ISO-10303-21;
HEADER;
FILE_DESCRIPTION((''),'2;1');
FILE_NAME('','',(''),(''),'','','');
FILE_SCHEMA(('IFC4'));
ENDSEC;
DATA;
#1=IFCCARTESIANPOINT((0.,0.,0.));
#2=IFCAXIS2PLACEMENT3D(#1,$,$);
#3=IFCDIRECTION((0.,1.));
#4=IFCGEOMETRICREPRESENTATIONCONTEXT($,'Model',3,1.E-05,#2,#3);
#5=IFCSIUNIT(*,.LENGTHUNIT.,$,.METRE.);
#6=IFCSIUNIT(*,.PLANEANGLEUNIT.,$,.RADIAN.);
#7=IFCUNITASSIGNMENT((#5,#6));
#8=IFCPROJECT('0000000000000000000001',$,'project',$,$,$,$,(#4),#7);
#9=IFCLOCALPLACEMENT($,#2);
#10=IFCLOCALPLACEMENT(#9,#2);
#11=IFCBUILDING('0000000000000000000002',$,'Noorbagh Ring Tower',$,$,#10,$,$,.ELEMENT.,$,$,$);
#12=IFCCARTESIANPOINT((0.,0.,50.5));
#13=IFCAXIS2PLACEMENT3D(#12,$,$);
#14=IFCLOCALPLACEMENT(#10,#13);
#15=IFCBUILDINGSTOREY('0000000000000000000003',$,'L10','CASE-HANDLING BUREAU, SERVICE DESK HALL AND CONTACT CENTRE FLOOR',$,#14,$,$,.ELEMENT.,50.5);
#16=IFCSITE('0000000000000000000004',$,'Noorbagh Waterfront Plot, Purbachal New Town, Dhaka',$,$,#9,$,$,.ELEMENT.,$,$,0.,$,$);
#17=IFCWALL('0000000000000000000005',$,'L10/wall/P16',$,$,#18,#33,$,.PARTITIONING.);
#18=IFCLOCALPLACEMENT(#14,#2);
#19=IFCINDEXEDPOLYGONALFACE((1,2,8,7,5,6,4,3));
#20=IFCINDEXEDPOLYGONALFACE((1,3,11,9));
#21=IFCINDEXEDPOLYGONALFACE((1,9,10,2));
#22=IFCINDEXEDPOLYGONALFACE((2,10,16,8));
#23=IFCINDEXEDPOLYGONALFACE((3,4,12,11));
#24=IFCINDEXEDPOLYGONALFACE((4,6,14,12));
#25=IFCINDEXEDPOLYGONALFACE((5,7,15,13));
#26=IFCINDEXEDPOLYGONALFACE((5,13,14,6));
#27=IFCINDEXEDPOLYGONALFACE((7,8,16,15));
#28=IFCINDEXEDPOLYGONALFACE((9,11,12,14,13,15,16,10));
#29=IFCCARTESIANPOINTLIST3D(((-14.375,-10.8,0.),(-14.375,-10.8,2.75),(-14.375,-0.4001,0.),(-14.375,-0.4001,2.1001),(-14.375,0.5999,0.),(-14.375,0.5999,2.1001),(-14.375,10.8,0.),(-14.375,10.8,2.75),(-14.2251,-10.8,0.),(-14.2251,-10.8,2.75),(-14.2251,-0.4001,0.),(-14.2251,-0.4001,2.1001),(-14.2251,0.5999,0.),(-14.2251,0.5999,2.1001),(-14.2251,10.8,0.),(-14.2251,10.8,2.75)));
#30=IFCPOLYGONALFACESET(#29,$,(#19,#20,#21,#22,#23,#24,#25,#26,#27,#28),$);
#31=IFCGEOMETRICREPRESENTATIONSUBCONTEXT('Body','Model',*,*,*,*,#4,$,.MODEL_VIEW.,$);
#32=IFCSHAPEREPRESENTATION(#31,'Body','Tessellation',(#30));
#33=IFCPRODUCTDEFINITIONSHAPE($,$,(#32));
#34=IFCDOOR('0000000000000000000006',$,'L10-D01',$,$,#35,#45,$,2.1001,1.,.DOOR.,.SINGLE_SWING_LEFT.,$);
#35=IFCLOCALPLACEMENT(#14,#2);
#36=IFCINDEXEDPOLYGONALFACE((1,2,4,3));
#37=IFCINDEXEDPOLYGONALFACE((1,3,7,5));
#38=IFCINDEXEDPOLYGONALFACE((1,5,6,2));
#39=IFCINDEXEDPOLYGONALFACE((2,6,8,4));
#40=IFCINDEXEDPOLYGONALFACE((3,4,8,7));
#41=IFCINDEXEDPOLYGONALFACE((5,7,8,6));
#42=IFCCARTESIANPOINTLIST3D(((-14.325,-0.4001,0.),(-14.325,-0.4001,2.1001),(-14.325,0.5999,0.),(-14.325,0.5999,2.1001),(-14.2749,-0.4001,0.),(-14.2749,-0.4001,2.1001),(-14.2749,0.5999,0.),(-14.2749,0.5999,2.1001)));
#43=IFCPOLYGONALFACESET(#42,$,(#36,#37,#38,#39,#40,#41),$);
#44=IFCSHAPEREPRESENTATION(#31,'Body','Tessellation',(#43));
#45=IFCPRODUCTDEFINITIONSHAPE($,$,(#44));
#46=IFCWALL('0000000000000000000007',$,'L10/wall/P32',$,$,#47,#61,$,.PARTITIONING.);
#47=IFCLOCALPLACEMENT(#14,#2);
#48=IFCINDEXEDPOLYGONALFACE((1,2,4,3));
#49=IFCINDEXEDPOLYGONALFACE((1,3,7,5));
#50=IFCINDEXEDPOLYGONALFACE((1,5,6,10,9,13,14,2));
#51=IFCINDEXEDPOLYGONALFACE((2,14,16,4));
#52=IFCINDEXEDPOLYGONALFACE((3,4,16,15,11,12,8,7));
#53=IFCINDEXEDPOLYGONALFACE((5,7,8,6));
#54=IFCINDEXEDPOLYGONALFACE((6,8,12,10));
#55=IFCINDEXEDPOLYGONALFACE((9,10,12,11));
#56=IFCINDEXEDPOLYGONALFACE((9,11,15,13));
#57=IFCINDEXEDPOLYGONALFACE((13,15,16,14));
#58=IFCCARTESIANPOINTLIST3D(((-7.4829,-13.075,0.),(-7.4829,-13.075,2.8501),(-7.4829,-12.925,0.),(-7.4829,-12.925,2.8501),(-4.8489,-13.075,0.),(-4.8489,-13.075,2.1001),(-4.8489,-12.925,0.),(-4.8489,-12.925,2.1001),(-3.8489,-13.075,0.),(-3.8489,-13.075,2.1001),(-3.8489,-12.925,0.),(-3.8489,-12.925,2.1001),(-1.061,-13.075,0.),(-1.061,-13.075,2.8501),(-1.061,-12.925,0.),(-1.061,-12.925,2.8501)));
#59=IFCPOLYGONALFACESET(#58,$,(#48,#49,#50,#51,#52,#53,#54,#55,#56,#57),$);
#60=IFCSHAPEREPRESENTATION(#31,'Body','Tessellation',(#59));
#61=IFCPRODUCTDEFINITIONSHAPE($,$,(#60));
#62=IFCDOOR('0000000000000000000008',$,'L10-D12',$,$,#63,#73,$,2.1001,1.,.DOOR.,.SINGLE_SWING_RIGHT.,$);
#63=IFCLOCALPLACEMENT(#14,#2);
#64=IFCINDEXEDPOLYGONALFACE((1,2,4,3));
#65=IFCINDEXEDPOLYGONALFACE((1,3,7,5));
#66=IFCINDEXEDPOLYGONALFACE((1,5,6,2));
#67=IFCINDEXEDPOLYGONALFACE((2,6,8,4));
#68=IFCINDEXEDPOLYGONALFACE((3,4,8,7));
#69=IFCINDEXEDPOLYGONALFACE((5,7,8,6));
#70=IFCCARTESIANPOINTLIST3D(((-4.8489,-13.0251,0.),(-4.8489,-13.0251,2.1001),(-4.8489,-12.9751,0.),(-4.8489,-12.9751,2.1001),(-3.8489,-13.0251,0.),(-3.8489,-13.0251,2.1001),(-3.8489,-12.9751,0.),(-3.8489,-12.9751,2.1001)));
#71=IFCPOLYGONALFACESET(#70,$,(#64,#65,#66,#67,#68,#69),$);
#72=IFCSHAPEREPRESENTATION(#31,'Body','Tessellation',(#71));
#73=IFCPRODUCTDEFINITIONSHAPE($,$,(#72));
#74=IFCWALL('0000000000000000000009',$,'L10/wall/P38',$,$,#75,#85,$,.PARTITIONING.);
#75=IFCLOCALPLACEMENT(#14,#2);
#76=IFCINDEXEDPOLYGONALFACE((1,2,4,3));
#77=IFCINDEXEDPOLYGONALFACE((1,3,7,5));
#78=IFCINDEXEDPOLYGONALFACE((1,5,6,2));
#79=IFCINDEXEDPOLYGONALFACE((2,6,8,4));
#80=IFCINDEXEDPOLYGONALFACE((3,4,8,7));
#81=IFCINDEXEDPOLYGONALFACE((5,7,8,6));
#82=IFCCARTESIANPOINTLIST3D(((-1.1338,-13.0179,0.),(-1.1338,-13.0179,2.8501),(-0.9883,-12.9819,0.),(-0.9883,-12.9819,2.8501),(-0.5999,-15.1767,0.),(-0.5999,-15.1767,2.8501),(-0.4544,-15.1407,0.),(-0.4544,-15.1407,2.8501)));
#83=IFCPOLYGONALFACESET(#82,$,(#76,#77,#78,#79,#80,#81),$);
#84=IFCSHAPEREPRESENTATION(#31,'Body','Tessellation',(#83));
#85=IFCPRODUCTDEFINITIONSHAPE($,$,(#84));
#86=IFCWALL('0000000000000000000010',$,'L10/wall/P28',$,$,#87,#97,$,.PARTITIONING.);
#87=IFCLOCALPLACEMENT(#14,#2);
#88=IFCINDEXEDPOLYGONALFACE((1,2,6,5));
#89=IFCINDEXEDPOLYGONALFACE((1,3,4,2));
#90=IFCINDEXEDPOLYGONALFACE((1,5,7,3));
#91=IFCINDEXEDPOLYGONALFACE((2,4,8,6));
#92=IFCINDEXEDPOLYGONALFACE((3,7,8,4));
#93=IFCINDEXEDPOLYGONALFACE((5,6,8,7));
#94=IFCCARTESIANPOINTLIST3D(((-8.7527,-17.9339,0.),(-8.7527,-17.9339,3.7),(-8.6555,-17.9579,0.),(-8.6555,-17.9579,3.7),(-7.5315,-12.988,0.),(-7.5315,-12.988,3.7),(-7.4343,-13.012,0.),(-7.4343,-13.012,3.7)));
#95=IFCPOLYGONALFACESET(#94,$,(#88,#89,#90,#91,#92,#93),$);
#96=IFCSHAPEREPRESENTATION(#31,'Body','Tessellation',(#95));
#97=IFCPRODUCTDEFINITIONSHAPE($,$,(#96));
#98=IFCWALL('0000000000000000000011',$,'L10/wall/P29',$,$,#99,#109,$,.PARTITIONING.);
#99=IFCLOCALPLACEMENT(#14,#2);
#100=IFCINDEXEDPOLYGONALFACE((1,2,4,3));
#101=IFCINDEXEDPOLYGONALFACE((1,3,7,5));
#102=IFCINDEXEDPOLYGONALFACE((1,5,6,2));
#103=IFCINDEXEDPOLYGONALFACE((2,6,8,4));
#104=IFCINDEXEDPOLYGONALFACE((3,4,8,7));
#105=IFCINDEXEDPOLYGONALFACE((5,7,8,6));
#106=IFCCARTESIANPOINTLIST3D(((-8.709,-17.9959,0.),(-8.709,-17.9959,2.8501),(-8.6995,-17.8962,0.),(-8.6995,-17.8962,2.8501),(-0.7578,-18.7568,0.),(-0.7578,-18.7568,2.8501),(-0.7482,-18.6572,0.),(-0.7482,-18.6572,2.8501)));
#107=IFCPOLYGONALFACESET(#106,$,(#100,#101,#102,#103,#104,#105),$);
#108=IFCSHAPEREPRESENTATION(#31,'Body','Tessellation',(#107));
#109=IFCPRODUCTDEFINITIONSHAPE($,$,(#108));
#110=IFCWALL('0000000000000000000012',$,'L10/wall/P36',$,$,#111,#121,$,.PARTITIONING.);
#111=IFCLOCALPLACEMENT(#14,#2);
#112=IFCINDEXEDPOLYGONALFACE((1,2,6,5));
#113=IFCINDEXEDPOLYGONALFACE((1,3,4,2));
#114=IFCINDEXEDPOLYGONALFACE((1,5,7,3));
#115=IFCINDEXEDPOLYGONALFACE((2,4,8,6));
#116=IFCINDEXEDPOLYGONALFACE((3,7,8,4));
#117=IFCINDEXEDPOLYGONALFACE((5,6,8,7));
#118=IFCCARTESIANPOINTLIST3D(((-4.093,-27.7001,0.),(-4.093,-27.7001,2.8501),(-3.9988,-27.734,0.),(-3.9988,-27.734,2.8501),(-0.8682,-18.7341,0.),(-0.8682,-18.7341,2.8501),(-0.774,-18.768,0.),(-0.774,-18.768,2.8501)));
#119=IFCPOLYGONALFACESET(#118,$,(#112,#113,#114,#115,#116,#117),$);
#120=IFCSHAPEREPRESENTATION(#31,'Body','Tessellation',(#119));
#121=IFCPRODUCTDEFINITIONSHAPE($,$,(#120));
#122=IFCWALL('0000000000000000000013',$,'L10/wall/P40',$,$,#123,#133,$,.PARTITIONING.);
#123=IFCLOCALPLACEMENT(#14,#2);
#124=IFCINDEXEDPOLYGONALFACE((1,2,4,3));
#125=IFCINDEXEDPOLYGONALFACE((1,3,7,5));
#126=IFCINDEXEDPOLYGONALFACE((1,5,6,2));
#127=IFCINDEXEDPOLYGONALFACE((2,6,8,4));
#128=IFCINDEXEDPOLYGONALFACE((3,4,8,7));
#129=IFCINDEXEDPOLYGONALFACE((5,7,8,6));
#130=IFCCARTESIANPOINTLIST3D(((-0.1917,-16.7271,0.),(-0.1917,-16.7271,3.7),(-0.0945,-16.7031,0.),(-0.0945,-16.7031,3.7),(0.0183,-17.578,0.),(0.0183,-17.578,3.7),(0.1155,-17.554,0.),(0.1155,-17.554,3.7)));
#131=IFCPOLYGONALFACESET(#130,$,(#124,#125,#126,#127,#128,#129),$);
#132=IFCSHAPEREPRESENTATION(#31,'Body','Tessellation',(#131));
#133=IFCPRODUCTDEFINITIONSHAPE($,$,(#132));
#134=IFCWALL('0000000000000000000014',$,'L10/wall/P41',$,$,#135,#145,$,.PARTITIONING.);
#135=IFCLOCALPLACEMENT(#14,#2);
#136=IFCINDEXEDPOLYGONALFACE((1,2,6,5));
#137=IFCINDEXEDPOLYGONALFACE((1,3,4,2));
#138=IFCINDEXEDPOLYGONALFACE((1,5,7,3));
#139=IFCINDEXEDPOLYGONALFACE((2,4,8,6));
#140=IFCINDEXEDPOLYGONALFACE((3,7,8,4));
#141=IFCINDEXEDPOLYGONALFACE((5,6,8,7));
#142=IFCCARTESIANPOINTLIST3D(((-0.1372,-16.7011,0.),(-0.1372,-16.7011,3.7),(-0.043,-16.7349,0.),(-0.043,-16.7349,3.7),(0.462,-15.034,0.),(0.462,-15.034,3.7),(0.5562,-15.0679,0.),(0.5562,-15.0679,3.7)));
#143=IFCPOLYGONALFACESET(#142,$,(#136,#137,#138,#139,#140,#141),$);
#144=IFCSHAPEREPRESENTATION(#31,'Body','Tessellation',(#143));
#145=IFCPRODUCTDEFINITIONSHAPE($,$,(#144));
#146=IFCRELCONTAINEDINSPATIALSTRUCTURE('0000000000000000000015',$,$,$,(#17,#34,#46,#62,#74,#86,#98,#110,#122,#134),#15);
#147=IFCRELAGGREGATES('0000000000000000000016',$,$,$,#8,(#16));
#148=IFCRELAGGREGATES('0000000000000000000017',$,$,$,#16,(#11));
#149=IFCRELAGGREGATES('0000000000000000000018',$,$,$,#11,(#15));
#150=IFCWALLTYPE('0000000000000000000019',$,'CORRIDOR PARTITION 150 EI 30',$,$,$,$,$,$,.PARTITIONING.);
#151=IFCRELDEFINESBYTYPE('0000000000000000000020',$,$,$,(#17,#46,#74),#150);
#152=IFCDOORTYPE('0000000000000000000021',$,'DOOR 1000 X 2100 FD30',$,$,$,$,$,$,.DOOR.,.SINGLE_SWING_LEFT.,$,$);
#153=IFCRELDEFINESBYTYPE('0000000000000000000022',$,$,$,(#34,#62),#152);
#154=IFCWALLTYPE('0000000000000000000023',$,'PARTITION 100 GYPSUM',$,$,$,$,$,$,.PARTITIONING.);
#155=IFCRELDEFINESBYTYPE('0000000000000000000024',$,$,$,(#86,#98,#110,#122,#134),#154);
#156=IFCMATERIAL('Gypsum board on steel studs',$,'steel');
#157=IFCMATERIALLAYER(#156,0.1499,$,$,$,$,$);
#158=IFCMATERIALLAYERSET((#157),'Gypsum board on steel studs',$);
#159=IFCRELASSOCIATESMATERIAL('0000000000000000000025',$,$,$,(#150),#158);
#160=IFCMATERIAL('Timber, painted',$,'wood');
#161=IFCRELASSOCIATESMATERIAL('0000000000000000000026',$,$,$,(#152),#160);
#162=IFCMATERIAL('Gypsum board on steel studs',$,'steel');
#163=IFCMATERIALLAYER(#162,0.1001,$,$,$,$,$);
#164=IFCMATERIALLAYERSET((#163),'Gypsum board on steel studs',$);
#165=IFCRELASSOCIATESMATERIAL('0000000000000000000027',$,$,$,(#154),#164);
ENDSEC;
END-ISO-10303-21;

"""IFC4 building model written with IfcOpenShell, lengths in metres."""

from ifc_helpers import new_model, si_unit, direction, frame, frame_2d, origin, place, context, subcontext, project, spatial, rectangle, extrude, material, layer, layer_set, type_object, element, fill, save


model = new_model("IFC4")

# Units and contexts
model_context = context("Model", 3, precision=1e-05, world=origin(), true_north=direction((0.0, 1.0)))
body_context = subcontext(model_context, "Body", "Model", "MODEL_VIEW")
ifc_project = project(units=[si_unit("LENGTHUNIT", "METRE"), si_unit("PLANEANGLEUNIT", "RADIAN")], contexts=[model_context])

# Site, building, storey
site_placement = place(None, origin())
site = spatial("IfcSite", under=ifc_project, at=site_placement, Name="Noorbagh Waterfront Plot, Purbachal New Town, Dhaka", CompositionType="ELEMENT", RefElevation=0.0)
building_placement = place(site_placement, origin())
building = spatial("IfcBuilding", under=site, at=building_placement, Name="Noorbagh Ring Tower", CompositionType="ELEMENT")
storey_placement = place(building_placement, frame((0.0, 0.0, 50.5)))
storey = spatial("IfcBuildingStorey", under=building, at=storey_placement, Name="L10", Description="CASE-HANDLING BUREAU, SERVICE DESK HALL AND CONTACT CENTRE FLOOR", CompositionType="ELEMENT", Elevation=50.5)

# Shared definitions
ifc_material_1 = material(Name="Gypsum board on steel studs", Category="steel")
ifc_layer_1 = layer(ifc_material_1, 0.1499)
ifc_layer_set_1 = layer_set([ifc_layer_1], Name="Gypsum board on steel studs")
wall_type_1 = type_object("IfcWallType", Name="CORRIDOR PARTITION 150 EI 30", PredefinedType="PARTITIONING", material=ifc_layer_set_1)

# Walls, openings, doors
ifc_material_2 = material(Name="Timber, painted", Category="wood")
door_type = type_object("IfcDoorType", Name="DOOR 1000 X 2100 FD30", OperationType="SINGLE_SWING_LEFT", PredefinedType="DOOR", material=ifc_material_2)
wall_1_placement = place(storey_placement, frame((-14.3, -10.8, 0.0), z_axis=(0.0, 0.0, 1.0), x_axis=(0.0, 1.0, 0.0)))
wall_1 = element("IfcWall", 1, at=wall_1_placement, inside=storey, type_object=wall_type_1, Name="L10/wall/P16", PredefinedType="PARTITIONING", context=body_context, shape_type="SweptSolid", body=[
    extrude(rectangle(XDim=21.6001, YDim=0.1499, at=frame_2d((10.8, 0.0))), origin(), (0.0, 0.0, 1.0), 2.75),
])
opening_1_placement = place(wall_1_placement, frame((10.3999, 0.0, 0.0)))
opening_1 = element("IfcOpeningElement", 2, at=opening_1_placement, cuts=wall_1, PredefinedType="OPENING", context=body_context, shape_type="SweptSolid", body=[
    extrude(rectangle(XDim=1.0, YDim=2.1001, at=frame_2d((0.5, 1.05))), frame((0.0, 0.085, 0.0), z_axis=(0.0, -1.0, 0.0), x_axis=(1.0, 0.0, 0.0)), (0.0, 0.0, 1.0), 0.1699),
])
door_1_placement = place(opening_1_placement, origin())
door_1 = element("IfcDoor", 3, at=door_1_placement, inside=storey, type_object=door_type, Name="L10-D01", OperationType="SINGLE_SWING_LEFT", OverallHeight=2.1001, OverallWidth=1.0, PredefinedType="DOOR", context=body_context, shape_type="SweptSolid", body=[
    extrude(rectangle(XDim=1.0, YDim=2.1001, at=frame_2d((0.5, 1.05))), frame((0.0, 0.0249, 0.0), z_axis=(0.0, -1.0, 0.0), x_axis=(1.0, 0.0, 0.0)), (0.0, 0.0, 1.0), 0.05),
])
fill(opening_1, door_1)
wall_2_placement = place(storey_placement, frame((-7.4829, -13.0, 0.0), z_axis=(0.0, 0.0, 1.0), x_axis=(1.0, 0.0, 0.0)))
wall_2 = element("IfcWall", 4, at=wall_2_placement, inside=storey, type_object=wall_type_1, Name="L10/wall/P32", PredefinedType="PARTITIONING", context=body_context, shape_type="SweptSolid", body=[
    extrude(rectangle(XDim=6.4219, YDim=0.1499, at=frame_2d((3.2109, 0.0))), origin(), (0.0, 0.0, 1.0), 2.8501),
])
opening_2_placement = place(wall_2_placement, frame((2.634, 0.0, 0.0)))
opening_2 = element("IfcOpeningElement", 5, at=opening_2_placement, cuts=wall_2, PredefinedType="OPENING", context=body_context, shape_type="SweptSolid", body=[
    extrude(rectangle(XDim=1.0, YDim=2.1001, at=frame_2d((0.5, 1.05))), frame((0.0, 0.085, 0.0), z_axis=(0.0, -1.0, 0.0), x_axis=(1.0, 0.0, 0.0)), (0.0, 0.0, 1.0), 0.1699),
])
door_2_placement = place(opening_2_placement, origin())
door_2 = element("IfcDoor", 6, at=door_2_placement, inside=storey, type_object=door_type, Name="L10-D12", OperationType="SINGLE_SWING_RIGHT", OverallHeight=2.1001, OverallWidth=1.0, PredefinedType="DOOR", context=body_context, shape_type="SweptSolid", body=[
    extrude(rectangle(XDim=1.0, YDim=2.1001, at=frame_2d((0.5, 1.05))), frame((0.0, 0.0249, 0.0), z_axis=(0.0, -1.0, 0.0), x_axis=(1.0, 0.0, 0.0)), (0.0, 0.0, 1.0), 0.05),
])
fill(opening_2, door_2)

# Walls
wall_3_placement = place(storey_placement, frame((-1.061, -13.0, 0.0), z_axis=(0.0, 0.0, 1.0), x_axis=(0.240081, -0.970753, 0.0)))
element("IfcWall", 7, at=wall_3_placement, inside=storey, type_object=wall_type_1, Name="L10/wall/P38", PredefinedType="PARTITIONING", context=body_context, shape_type="SweptSolid", body=[
    extrude(rectangle(XDim=2.2239, YDim=0.1499, at=frame_2d((1.1118, 0.0))), origin(), (0.0, 0.0, 1.0), 2.8501),
])
ifc_material_3 = material(Name="Gypsum board on steel studs", Category="steel")
ifc_layer_2 = layer(ifc_material_3, 0.1001)
ifc_layer_set_2 = layer_set([ifc_layer_2], Name="Gypsum board on steel studs")
wall_type_2 = type_object("IfcWallType", Name="PARTITION 100 GYPSUM", PredefinedType="PARTITIONING", material=ifc_layer_set_2)
wall_4_placement = place(storey_placement, frame((-8.7041, -17.946, 0.0), z_axis=(0.0, 0.0, 1.0), x_axis=(0.239704, 0.970846, 0.0)))
element("IfcWall", 8, at=wall_4_placement, inside=storey, type_object=wall_type_2, Name="L10/wall/P28", PredefinedType="PARTITIONING", context=body_context, shape_type="SweptSolid", body=[
    extrude(rectangle(XDim=5.0945, YDim=0.1001, at=frame_2d((2.5474, 0.0))), origin(), (0.0, 0.0, 1.0), 3.7),
])
wall_5_placement = place(storey_placement, frame((-8.7041, -17.946, 0.0), z_axis=(0.0, 0.0, 1.0), x_axis=(0.995451, -0.095272, 0.0)))
element("IfcWall", 9, at=wall_5_placement, inside=storey, type_object=wall_type_2, Name="L10/wall/P29", PredefinedType="PARTITIONING", context=body_context, shape_type="SweptSolid", body=[
    extrude(rectangle(XDim=7.9875, YDim=0.1001, at=frame_2d((3.9937, 0.0))), origin(), (0.0, 0.0, 1.0), 2.8501),
])
wall_6_placement = place(storey_placement, frame((-4.0459, -27.717, 0.0), z_axis=(0.0, 0.0, 1.0), x_axis=(0.338447, 0.940985, 0.0)))
element("IfcWall", 10, at=wall_6_placement, inside=storey, type_object=wall_type_2, Name="L10/wall/P36", PredefinedType="PARTITIONING", context=body_context, shape_type="SweptSolid", body=[
    extrude(rectangle(XDim=9.5283, YDim=0.1001, at=frame_2d((4.7642, 0.0))), origin(), (0.0, 0.0, 1.0), 2.8501),
])
wall_7_placement = place(storey_placement, frame((-0.1431, -16.7151, 0.0), z_axis=(0.0, 0.0, 1.0), x_axis=(0.239585, -0.970875, 0.0)))
element("IfcWall", 11, at=wall_7_placement, inside=storey, type_object=wall_type_2, Name="L10/wall/P40", PredefinedType="PARTITIONING", context=body_context, shape_type="SweptSolid", body=[
    extrude(rectangle(XDim=0.8765, YDim=0.1001, at=frame_2d((0.4382, 0.0))), origin(), (0.0, 0.0, 1.0), 3.7),
])
wall_8_placement = place(storey_placement, frame((-0.0901, -16.718, 0.0), z_axis=(0.0, 0.0, 1.0), x_axis=(0.338222, 0.941066, 0.0)))
element("IfcWall", 12, at=wall_8_placement, inside=storey, type_object=wall_type_2, Name="L10/wall/P41", PredefinedType="PARTITIONING", context=body_context, shape_type="SweptSolid", body=[
    extrude(rectangle(XDim=1.7715, YDim=0.1001, at=frame_2d((0.8857, 0.0))), origin(), (0.0, 0.0, 1.0), 3.7),
])

save(model, "model.ifc")
